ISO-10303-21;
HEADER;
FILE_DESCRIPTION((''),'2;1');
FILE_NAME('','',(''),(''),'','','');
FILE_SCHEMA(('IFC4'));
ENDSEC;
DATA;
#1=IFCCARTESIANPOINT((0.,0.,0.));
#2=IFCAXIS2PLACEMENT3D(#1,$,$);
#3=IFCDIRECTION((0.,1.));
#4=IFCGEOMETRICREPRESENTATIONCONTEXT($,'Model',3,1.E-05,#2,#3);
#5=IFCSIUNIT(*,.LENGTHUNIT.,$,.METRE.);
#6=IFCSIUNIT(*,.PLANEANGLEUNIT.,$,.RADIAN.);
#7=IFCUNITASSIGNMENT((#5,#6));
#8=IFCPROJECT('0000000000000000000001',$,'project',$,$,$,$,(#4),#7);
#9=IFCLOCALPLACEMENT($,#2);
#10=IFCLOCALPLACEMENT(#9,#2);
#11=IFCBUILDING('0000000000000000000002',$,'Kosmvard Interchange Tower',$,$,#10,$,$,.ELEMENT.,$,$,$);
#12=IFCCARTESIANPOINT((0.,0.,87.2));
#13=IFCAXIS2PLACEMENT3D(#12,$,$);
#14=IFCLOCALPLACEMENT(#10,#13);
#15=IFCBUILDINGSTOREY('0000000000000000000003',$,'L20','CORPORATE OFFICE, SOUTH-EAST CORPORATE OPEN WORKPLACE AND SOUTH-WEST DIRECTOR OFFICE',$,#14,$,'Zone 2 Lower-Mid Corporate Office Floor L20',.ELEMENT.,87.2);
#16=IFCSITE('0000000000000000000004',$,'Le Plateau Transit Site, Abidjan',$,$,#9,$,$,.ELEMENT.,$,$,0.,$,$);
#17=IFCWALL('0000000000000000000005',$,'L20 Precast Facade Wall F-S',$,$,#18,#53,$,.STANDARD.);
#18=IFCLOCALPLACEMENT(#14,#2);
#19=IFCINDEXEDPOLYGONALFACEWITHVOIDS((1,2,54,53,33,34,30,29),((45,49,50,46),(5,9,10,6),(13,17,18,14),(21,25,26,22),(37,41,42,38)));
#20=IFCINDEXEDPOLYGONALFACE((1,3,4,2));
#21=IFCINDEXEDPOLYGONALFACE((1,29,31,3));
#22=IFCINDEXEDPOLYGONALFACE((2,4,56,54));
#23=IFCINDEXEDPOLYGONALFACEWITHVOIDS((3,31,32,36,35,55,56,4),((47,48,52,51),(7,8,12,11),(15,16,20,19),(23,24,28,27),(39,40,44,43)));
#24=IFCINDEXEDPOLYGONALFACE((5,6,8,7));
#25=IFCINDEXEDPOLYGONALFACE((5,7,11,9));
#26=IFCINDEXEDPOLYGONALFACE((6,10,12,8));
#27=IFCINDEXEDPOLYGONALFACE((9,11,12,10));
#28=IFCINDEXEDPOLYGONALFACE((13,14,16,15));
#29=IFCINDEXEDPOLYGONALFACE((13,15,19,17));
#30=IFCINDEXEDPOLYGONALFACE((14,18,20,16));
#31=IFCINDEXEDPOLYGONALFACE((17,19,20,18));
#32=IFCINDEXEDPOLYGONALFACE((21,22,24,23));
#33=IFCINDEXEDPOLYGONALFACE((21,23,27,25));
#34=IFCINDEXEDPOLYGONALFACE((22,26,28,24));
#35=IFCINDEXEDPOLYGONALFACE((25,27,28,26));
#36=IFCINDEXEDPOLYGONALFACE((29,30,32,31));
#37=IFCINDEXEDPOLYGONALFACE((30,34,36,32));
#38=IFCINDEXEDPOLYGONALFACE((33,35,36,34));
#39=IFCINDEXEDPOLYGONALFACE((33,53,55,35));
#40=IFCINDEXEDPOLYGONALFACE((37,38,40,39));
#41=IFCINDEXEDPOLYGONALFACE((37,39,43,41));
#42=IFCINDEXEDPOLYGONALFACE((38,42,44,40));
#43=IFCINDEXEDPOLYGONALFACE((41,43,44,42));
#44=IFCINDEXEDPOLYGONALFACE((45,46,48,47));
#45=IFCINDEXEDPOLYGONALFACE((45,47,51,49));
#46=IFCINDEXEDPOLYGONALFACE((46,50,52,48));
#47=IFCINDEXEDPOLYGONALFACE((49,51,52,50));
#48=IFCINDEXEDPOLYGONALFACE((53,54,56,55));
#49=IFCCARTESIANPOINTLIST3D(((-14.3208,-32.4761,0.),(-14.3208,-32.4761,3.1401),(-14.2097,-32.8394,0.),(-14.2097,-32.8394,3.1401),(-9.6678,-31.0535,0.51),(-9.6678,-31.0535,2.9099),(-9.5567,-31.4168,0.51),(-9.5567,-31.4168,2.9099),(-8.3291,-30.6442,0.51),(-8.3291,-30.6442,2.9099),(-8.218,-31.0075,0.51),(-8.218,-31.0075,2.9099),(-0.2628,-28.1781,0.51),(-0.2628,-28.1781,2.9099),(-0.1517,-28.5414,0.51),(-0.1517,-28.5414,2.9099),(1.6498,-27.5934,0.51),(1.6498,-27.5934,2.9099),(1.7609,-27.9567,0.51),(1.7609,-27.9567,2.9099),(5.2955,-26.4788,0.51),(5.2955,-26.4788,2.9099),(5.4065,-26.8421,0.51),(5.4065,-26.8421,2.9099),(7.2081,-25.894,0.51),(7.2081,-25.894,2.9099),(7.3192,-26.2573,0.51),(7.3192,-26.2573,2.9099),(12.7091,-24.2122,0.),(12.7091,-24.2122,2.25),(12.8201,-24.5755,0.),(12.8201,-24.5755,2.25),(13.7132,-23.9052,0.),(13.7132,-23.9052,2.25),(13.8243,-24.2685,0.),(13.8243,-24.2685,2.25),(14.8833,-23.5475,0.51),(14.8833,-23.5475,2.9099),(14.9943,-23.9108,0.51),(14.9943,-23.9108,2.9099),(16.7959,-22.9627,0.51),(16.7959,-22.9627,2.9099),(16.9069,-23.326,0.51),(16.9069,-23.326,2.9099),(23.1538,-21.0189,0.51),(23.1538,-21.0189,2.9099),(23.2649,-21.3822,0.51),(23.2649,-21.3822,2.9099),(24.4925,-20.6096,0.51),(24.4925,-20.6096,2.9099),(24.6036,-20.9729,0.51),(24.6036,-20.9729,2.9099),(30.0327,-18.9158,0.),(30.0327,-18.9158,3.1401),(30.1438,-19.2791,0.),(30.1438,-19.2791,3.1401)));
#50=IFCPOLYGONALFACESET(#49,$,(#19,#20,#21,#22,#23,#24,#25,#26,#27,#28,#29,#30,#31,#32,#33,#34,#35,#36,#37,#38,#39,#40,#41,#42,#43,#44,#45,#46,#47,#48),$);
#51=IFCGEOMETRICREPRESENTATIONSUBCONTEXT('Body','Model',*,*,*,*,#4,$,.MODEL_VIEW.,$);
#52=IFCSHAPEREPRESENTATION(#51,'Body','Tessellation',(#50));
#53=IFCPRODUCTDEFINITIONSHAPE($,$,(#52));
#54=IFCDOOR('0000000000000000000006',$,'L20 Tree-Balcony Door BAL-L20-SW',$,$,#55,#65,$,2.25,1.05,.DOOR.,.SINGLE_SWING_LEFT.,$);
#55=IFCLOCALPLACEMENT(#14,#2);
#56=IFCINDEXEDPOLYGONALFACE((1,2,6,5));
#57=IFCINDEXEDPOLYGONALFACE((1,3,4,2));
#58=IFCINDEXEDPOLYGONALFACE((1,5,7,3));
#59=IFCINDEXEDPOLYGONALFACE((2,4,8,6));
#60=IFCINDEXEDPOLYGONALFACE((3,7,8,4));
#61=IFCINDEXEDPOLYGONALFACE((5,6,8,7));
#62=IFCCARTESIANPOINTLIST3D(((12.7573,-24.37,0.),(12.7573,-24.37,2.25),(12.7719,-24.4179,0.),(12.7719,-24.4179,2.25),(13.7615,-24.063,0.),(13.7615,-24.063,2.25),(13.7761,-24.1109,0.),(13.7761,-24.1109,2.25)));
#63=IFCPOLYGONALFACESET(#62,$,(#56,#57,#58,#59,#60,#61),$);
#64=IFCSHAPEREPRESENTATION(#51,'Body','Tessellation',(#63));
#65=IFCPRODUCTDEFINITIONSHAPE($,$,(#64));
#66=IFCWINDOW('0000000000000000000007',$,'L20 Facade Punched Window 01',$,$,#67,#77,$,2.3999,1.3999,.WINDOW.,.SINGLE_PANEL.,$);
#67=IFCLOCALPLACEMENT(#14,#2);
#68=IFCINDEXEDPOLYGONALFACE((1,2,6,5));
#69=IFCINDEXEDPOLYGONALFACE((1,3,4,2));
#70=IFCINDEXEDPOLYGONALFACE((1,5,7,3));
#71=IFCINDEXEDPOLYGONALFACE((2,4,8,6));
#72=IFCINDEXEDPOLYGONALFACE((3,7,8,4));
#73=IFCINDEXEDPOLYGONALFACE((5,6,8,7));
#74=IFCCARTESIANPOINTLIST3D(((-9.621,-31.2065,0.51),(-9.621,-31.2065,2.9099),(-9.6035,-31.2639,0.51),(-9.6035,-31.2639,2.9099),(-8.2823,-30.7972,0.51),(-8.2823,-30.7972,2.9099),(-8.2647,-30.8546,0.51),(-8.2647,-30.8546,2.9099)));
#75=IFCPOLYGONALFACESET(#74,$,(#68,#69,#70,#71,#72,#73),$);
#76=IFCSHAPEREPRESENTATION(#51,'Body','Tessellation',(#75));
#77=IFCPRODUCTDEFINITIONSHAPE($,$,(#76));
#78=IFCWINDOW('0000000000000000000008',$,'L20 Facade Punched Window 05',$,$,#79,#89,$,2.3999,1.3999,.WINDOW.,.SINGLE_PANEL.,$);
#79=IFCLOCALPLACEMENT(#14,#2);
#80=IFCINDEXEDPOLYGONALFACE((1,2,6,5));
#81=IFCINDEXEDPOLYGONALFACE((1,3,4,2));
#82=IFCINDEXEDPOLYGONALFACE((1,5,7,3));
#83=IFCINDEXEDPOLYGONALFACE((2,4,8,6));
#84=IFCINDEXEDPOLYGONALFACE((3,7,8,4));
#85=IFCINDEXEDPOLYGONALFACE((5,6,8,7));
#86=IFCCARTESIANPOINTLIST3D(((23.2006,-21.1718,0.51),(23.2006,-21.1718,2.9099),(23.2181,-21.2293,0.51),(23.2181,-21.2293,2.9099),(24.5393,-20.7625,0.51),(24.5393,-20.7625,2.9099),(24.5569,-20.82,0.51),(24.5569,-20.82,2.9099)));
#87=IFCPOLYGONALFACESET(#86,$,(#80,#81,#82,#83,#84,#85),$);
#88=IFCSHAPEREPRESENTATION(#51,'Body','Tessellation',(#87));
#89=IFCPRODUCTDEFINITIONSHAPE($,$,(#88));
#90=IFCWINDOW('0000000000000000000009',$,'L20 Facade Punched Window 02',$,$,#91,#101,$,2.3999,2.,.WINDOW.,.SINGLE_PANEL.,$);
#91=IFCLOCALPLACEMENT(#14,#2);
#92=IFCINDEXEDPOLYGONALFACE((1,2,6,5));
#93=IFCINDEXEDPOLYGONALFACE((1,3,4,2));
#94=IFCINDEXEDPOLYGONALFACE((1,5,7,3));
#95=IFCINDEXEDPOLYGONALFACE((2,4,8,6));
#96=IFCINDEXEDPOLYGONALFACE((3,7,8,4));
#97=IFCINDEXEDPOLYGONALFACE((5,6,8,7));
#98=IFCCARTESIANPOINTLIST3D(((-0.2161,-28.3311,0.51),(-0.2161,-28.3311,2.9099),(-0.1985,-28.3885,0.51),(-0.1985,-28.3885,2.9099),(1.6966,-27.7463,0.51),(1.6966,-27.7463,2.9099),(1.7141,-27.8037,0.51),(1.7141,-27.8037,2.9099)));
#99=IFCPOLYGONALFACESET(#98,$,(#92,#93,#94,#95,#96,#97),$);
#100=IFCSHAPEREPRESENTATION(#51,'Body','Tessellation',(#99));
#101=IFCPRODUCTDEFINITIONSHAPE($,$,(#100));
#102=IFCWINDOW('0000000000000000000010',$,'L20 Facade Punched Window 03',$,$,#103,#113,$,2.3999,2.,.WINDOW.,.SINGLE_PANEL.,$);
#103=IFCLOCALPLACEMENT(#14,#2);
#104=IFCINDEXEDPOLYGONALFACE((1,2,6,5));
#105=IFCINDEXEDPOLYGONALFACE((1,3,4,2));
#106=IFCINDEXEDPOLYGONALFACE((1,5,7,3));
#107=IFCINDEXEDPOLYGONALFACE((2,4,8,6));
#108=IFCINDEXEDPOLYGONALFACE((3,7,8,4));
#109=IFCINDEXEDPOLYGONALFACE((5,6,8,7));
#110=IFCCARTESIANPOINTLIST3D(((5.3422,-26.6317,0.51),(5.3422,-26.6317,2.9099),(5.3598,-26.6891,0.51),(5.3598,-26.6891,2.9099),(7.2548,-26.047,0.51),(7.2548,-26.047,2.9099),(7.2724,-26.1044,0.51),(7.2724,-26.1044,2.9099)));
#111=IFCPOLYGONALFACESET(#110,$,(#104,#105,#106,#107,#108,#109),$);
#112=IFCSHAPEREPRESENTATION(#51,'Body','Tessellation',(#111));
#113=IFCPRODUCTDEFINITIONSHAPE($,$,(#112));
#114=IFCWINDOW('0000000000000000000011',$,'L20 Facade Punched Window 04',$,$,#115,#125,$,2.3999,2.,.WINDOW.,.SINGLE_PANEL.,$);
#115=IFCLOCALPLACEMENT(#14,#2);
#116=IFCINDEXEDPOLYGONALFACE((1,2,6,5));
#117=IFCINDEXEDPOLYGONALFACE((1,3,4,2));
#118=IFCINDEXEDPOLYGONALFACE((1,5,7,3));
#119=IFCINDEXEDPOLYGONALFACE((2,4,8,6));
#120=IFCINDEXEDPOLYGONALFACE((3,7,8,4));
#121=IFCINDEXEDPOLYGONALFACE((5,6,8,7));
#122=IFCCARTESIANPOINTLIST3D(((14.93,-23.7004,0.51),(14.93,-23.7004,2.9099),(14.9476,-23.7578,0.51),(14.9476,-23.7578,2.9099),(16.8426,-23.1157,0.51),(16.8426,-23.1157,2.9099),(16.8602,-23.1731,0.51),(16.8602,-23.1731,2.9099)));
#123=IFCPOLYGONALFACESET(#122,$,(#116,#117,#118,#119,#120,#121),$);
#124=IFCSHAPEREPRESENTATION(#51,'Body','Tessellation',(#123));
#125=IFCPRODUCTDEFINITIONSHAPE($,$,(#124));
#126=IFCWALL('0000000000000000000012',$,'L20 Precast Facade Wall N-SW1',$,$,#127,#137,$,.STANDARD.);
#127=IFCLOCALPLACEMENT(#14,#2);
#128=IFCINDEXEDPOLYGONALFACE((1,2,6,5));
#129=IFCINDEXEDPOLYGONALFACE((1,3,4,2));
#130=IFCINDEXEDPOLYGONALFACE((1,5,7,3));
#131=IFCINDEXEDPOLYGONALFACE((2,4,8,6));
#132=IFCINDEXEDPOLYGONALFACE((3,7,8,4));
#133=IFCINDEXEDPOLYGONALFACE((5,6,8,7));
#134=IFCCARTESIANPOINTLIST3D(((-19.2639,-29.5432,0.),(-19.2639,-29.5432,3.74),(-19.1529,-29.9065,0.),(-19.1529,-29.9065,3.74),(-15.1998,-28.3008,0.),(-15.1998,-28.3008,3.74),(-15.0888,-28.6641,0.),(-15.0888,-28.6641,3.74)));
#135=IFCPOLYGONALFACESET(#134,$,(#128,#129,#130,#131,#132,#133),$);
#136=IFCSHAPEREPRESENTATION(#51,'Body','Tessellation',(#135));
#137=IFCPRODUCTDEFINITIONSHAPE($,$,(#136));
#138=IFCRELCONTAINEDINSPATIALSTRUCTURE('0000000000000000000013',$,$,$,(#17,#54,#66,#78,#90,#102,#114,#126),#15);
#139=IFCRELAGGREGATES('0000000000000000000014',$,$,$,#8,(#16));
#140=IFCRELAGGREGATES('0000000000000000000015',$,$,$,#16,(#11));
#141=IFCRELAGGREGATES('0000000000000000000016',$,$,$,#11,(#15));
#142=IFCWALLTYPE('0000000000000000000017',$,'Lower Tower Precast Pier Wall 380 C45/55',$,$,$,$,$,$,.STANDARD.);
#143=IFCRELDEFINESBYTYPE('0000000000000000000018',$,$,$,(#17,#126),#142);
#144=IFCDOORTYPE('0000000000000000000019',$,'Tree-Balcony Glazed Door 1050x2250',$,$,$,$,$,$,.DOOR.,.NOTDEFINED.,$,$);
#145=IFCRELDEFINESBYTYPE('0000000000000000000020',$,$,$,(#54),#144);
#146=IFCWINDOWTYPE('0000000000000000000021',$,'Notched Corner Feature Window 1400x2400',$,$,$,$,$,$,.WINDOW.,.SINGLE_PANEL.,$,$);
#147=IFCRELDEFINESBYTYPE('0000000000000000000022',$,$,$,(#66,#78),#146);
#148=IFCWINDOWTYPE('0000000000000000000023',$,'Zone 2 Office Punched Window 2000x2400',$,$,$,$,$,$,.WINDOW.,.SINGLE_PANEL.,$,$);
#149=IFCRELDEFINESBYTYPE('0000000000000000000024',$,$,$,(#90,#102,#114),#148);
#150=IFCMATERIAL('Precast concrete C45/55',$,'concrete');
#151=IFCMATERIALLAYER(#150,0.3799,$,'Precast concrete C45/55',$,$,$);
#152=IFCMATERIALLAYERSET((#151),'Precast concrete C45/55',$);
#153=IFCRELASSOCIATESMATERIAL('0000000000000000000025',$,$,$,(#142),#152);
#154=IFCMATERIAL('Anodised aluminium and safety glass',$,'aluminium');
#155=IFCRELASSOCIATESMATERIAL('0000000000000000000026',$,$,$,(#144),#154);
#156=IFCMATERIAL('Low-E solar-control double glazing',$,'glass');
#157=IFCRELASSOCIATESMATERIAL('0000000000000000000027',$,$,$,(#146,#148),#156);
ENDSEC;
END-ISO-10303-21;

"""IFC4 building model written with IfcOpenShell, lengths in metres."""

from ifc_helpers import new_model, si_unit, direction, frame, frame_2d, origin, place, context, subcontext, project, spatial, rectangle, extrude, source, transform, mapped, material, layer, layer_set, type_object, element, fill, save


model = new_model("IFC4")

# Units and contexts
model_context = context("Model", 3, precision=1e-05, world=origin(), true_north=direction((0.0, 1.0)))
body_context = subcontext(model_context, "Body", "Model", "MODEL_VIEW")
ifc_project = project(units=[si_unit("LENGTHUNIT", "METRE"), si_unit("PLANEANGLEUNIT", "RADIAN")], contexts=[model_context])

# Site, building, storey
site_placement = place(None, origin())
site = spatial("IfcSite", under=ifc_project, at=site_placement, Name="Le Plateau Transit Site, Abidjan", CompositionType="ELEMENT", RefElevation=0.0)
building_placement = place(site_placement, origin())
building = spatial("IfcBuilding", under=site, at=building_placement, Name="Kosmvard Interchange Tower", CompositionType="ELEMENT")
storey_placement = place(building_placement, frame((0.0, 0.0, 87.2)))
storey = spatial("IfcBuildingStorey", under=building, at=storey_placement, Name="L20", Description="CORPORATE OFFICE, SOUTH-EAST CORPORATE OPEN WORKPLACE AND SOUTH-WEST DIRECTOR OFFICE", LongName="Zone 2 Lower-Mid Corporate Office Floor L20", CompositionType="ELEMENT", Elevation=87.2)

# Shared definitions
ifc_material_1 = material(Name="Precast concrete C45/55", Category="concrete")

# Wall, openings, door, windows
ifc_layer_1 = layer(ifc_material_1, 0.3799, Name="Precast concrete C45/55")
ifc_layer_set_1 = layer_set([ifc_layer_1], Name="Precast concrete C45/55")
wall_type_1 = type_object("IfcWallType", Name="Lower Tower Precast Pier Wall 380 C45/55", PredefinedType="STANDARD", material=ifc_layer_set_1)
wall_1_placement = place(storey_placement, frame((-14.2651, -32.6577, 0.0), z_axis=(0.0, 0.0, 1.0), x_axis=(0.956304, 0.292373, 0.0)))
wall_1 = element("IfcWall", 1, at=wall_1_placement, inside=storey, type_object=wall_type_1, Name="L20 Precast Facade Wall F-S", PredefinedType="STANDARD", context=body_context, shape_type="SweptSolid", body=[
    extrude(rectangle(XDim=46.3801, YDim=0.3799, at=frame_2d((23.1899, 0.0))), origin(), (0.0, 0.0, 1.0), 3.1401),
])
opening_1_placement = place(wall_1_placement, frame((28.2649, 0.0, 0.0)))
opening_1 = element("IfcOpeningElement", 2, at=opening_1_placement, cuts=wall_1, PredefinedType="OPENING", context=body_context, shape_type="SweptSolid", body=[
    extrude(rectangle(XDim=1.05, YDim=2.25, at=frame_2d((0.5249, 1.125))), frame((0.0, 0.2, 0.0), z_axis=(0.0, -1.0, 0.0), x_axis=(1.0, 0.0, 0.0)), (0.0, 0.0, 1.0), 0.3999),
])
opening_2_placement = place(wall_1_placement, frame((4.8655, 0.0, 0.51)))
opening_2 = element("IfcOpeningElement", 3, at=opening_2_placement, cuts=wall_1, PredefinedType="OPENING", context=body_context, shape_type="SweptSolid", body=[
    extrude(rectangle(XDim=1.3999, YDim=2.3999, at=frame_2d((0.7, 1.2))), frame((0.0, 0.2, 0.0), z_axis=(0.0, -1.0, 0.0), x_axis=(1.0, 0.0, 0.0)), (0.0, 0.0, 1.0), 0.3999),
])
opening_3_placement = place(wall_1_placement, frame((14.7002, 0.0, 0.51)))
opening_3 = element("IfcOpeningElement", 4, at=opening_3_placement, cuts=wall_1, PredefinedType="OPENING", context=body_context, shape_type="SweptSolid", body=[
    extrude(rectangle(XDim=2.0, YDim=2.3999, at=frame_2d((1.0, 1.2))), frame((0.0, 0.2, 0.0), z_axis=(0.0, -1.0, 0.0), x_axis=(1.0, 0.0, 0.0)), (0.0, 0.0, 1.0), 0.3999),
])
opening_4_placement = place(wall_1_placement, frame((20.5125, 0.0, 0.51)))
opening_4 = element("IfcOpeningElement", 5, at=opening_4_placement, cuts=wall_1, PredefinedType="OPENING", context=body_context, shape_type="SweptSolid", body=[
    extrude(rectangle(XDim=2.0, YDim=2.3999, at=frame_2d((1.0, 1.2))), frame((0.0, 0.2, 0.0), z_axis=(0.0, -1.0, 0.0), x_axis=(1.0, 0.0, 0.0)), (0.0, 0.0, 1.0), 0.3999),
])
opening_5_placement = place(wall_1_placement, frame((30.5383, 0.0, 0.51)))
opening_5 = element("IfcOpeningElement", 6, at=opening_5_placement, cuts=wall_1, PredefinedType="OPENING", context=body_context, shape_type="SweptSolid", body=[
    extrude(rectangle(XDim=2.0, YDim=2.3999, at=frame_2d((1.0, 1.2))), frame((0.0, 0.2, 0.0), z_axis=(0.0, -1.0, 0.0), x_axis=(1.0, 0.0, 0.0)), (0.0, 0.0, 1.0), 0.3999),
])
opening_6_placement = place(wall_1_placement, frame((39.1868, 0.0, 0.51)))
opening_6 = element("IfcOpeningElement", 7, at=opening_6_placement, cuts=wall_1, PredefinedType="OPENING", context=body_context, shape_type="SweptSolid", body=[
    extrude(rectangle(XDim=1.3999, YDim=2.3999, at=frame_2d((0.7, 1.2))), frame((0.0, 0.2, 0.0), z_axis=(0.0, -1.0, 0.0), x_axis=(1.0, 0.0, 0.0)), (0.0, 0.0, 1.0), 0.3999),
])
ifc_material_2 = material(Name="Anodised aluminium and safety glass", Category="aluminium")
door_type_1 = type_object("IfcDoorType", Name="Tree-Balcony Glazed Door 1050x2250", OperationType="NOTDEFINED", PredefinedType="DOOR", material=ifc_material_2)
shared_shape_1 = source(origin(), body_context, "Body", "SweptSolid", [
    extrude(rectangle(XDim=1.05, YDim=2.25, at=frame_2d((0.5249, 1.125))), frame((0.0, 0.0249, 0.0), z_axis=(0.0, -1.0, 0.0), x_axis=(1.0, 0.0, 0.0)), (0.0, 0.0, 1.0), 0.05),
])
door_1_placement = place(opening_1_placement, origin())
door_1 = element("IfcDoor", 8, at=door_1_placement, inside=storey, type_object=door_type_1, Name="L20 Tree-Balcony Door BAL-L20-SW", OperationType="SINGLE_SWING_LEFT", OverallHeight=2.25, OverallWidth=1.05, PredefinedType="DOOR", context=body_context, shape_type="MappedRepresentation", body=[
    mapped(shared_shape_1, transform((0.0, 0.0, 0.0), scale=1.0)),
])
fill(opening_1, door_1)
ifc_material_3 = material(Name="Low-E solar-control double glazing", Category="glass")
window_type_1 = type_object("IfcWindowType", Name="Notched Corner Feature Window 1400x2400", PartitioningType="SINGLE_PANEL", PredefinedType="WINDOW", material=ifc_material_3)
shared_shape_2 = source(origin(), body_context, "Body", "SweptSolid", [
    extrude(rectangle(XDim=1.3999, YDim=2.3999, at=frame_2d((0.7, 1.2))), frame((0.0, 0.03, 0.0), z_axis=(0.0, -1.0, 0.0), x_axis=(1.0, 0.0, 0.0)), (0.0, 0.0, 1.0), 0.0601),
])
window_1_placement = place(opening_2_placement, origin())
window_1 = element("IfcWindow", 9, at=window_1_placement, inside=storey, type_object=window_type_1, Name="L20 Facade Punched Window 01", OverallHeight=2.3999, OverallWidth=1.3999, PartitioningType="SINGLE_PANEL", PredefinedType="WINDOW", context=body_context, shape_type="MappedRepresentation", body=[
    mapped(shared_shape_2, transform((0.0, 0.0, 0.0), scale=1.0)),
])
fill(opening_2, window_1)
window_2_placement = place(opening_6_placement, origin())
window_2 = element("IfcWindow", 10, at=window_2_placement, inside=storey, type_object=window_type_1, Name="L20 Facade Punched Window 05", OverallHeight=2.3999, OverallWidth=1.3999, PartitioningType="SINGLE_PANEL", PredefinedType="WINDOW", context=body_context, shape_type="MappedRepresentation", body=[
    mapped(shared_shape_2, transform((0.0, 0.0, 0.0), scale=1.0)),
])
fill(opening_6, window_2)
window_type_2 = type_object("IfcWindowType", Name="Zone 2 Office Punched Window 2000x2400", PartitioningType="SINGLE_PANEL", PredefinedType="WINDOW", material=ifc_material_3)
shared_shape_3 = source(origin(), body_context, "Body", "SweptSolid", [
    extrude(rectangle(XDim=2.0, YDim=2.3999, at=frame_2d((1.0, 1.2))), frame((0.0, 0.03, 0.0), z_axis=(0.0, -1.0, 0.0), x_axis=(1.0, 0.0, 0.0)), (0.0, 0.0, 1.0), 0.0601),
])
window_3_placement = place(opening_3_placement, origin())
window_3 = element("IfcWindow", 11, at=window_3_placement, inside=storey, type_object=window_type_2, Name="L20 Facade Punched Window 02", OverallHeight=2.3999, OverallWidth=2.0, PartitioningType="SINGLE_PANEL", PredefinedType="WINDOW", context=body_context, shape_type="MappedRepresentation", body=[
    mapped(shared_shape_3, transform((0.0, 0.0, 0.0), scale=1.0)),
])
fill(opening_3, window_3)
window_4_placement = place(opening_4_placement, origin())
window_4 = element("IfcWindow", 12, at=window_4_placement, inside=storey, type_object=window_type_2, Name="L20 Facade Punched Window 03", OverallHeight=2.3999, OverallWidth=2.0, PartitioningType="SINGLE_PANEL", PredefinedType="WINDOW", context=body_context, shape_type="MappedRepresentation", body=[
    mapped(shared_shape_3, transform((0.0, 0.0, 0.0), scale=1.0)),
])
fill(opening_4, window_4)
window_5_placement = place(opening_5_placement, origin())
window_5 = element("IfcWindow", 13, at=window_5_placement, inside=storey, type_object=window_type_2, Name="L20 Facade Punched Window 04", OverallHeight=2.3999, OverallWidth=2.0, PartitioningType="SINGLE_PANEL", PredefinedType="WINDOW", context=body_context, shape_type="MappedRepresentation", body=[
    mapped(shared_shape_3, transform((0.0, 0.0, 0.0), scale=1.0)),
])
fill(opening_5, window_5)

# Wall
wall_2_placement = place(storey_placement, frame((-19.2085, -29.7249, 0.0), z_axis=(0.0, 0.0, 1.0), x_axis=(0.956313, 0.292346, 0.0)))
element("IfcWall", 14, at=wall_2_placement, inside=storey, type_object=wall_type_1, Name="L20 Precast Facade Wall N-SW1", PredefinedType="STANDARD", context=body_context, shape_type="SweptSolid", body=[
    extrude(rectangle(XDim=4.2498, YDim=0.3799, at=frame_2d((2.125, 0.0))), origin(), (0.0, 0.0, 1.0), 3.74),
])

save(model, "model.ifc")
